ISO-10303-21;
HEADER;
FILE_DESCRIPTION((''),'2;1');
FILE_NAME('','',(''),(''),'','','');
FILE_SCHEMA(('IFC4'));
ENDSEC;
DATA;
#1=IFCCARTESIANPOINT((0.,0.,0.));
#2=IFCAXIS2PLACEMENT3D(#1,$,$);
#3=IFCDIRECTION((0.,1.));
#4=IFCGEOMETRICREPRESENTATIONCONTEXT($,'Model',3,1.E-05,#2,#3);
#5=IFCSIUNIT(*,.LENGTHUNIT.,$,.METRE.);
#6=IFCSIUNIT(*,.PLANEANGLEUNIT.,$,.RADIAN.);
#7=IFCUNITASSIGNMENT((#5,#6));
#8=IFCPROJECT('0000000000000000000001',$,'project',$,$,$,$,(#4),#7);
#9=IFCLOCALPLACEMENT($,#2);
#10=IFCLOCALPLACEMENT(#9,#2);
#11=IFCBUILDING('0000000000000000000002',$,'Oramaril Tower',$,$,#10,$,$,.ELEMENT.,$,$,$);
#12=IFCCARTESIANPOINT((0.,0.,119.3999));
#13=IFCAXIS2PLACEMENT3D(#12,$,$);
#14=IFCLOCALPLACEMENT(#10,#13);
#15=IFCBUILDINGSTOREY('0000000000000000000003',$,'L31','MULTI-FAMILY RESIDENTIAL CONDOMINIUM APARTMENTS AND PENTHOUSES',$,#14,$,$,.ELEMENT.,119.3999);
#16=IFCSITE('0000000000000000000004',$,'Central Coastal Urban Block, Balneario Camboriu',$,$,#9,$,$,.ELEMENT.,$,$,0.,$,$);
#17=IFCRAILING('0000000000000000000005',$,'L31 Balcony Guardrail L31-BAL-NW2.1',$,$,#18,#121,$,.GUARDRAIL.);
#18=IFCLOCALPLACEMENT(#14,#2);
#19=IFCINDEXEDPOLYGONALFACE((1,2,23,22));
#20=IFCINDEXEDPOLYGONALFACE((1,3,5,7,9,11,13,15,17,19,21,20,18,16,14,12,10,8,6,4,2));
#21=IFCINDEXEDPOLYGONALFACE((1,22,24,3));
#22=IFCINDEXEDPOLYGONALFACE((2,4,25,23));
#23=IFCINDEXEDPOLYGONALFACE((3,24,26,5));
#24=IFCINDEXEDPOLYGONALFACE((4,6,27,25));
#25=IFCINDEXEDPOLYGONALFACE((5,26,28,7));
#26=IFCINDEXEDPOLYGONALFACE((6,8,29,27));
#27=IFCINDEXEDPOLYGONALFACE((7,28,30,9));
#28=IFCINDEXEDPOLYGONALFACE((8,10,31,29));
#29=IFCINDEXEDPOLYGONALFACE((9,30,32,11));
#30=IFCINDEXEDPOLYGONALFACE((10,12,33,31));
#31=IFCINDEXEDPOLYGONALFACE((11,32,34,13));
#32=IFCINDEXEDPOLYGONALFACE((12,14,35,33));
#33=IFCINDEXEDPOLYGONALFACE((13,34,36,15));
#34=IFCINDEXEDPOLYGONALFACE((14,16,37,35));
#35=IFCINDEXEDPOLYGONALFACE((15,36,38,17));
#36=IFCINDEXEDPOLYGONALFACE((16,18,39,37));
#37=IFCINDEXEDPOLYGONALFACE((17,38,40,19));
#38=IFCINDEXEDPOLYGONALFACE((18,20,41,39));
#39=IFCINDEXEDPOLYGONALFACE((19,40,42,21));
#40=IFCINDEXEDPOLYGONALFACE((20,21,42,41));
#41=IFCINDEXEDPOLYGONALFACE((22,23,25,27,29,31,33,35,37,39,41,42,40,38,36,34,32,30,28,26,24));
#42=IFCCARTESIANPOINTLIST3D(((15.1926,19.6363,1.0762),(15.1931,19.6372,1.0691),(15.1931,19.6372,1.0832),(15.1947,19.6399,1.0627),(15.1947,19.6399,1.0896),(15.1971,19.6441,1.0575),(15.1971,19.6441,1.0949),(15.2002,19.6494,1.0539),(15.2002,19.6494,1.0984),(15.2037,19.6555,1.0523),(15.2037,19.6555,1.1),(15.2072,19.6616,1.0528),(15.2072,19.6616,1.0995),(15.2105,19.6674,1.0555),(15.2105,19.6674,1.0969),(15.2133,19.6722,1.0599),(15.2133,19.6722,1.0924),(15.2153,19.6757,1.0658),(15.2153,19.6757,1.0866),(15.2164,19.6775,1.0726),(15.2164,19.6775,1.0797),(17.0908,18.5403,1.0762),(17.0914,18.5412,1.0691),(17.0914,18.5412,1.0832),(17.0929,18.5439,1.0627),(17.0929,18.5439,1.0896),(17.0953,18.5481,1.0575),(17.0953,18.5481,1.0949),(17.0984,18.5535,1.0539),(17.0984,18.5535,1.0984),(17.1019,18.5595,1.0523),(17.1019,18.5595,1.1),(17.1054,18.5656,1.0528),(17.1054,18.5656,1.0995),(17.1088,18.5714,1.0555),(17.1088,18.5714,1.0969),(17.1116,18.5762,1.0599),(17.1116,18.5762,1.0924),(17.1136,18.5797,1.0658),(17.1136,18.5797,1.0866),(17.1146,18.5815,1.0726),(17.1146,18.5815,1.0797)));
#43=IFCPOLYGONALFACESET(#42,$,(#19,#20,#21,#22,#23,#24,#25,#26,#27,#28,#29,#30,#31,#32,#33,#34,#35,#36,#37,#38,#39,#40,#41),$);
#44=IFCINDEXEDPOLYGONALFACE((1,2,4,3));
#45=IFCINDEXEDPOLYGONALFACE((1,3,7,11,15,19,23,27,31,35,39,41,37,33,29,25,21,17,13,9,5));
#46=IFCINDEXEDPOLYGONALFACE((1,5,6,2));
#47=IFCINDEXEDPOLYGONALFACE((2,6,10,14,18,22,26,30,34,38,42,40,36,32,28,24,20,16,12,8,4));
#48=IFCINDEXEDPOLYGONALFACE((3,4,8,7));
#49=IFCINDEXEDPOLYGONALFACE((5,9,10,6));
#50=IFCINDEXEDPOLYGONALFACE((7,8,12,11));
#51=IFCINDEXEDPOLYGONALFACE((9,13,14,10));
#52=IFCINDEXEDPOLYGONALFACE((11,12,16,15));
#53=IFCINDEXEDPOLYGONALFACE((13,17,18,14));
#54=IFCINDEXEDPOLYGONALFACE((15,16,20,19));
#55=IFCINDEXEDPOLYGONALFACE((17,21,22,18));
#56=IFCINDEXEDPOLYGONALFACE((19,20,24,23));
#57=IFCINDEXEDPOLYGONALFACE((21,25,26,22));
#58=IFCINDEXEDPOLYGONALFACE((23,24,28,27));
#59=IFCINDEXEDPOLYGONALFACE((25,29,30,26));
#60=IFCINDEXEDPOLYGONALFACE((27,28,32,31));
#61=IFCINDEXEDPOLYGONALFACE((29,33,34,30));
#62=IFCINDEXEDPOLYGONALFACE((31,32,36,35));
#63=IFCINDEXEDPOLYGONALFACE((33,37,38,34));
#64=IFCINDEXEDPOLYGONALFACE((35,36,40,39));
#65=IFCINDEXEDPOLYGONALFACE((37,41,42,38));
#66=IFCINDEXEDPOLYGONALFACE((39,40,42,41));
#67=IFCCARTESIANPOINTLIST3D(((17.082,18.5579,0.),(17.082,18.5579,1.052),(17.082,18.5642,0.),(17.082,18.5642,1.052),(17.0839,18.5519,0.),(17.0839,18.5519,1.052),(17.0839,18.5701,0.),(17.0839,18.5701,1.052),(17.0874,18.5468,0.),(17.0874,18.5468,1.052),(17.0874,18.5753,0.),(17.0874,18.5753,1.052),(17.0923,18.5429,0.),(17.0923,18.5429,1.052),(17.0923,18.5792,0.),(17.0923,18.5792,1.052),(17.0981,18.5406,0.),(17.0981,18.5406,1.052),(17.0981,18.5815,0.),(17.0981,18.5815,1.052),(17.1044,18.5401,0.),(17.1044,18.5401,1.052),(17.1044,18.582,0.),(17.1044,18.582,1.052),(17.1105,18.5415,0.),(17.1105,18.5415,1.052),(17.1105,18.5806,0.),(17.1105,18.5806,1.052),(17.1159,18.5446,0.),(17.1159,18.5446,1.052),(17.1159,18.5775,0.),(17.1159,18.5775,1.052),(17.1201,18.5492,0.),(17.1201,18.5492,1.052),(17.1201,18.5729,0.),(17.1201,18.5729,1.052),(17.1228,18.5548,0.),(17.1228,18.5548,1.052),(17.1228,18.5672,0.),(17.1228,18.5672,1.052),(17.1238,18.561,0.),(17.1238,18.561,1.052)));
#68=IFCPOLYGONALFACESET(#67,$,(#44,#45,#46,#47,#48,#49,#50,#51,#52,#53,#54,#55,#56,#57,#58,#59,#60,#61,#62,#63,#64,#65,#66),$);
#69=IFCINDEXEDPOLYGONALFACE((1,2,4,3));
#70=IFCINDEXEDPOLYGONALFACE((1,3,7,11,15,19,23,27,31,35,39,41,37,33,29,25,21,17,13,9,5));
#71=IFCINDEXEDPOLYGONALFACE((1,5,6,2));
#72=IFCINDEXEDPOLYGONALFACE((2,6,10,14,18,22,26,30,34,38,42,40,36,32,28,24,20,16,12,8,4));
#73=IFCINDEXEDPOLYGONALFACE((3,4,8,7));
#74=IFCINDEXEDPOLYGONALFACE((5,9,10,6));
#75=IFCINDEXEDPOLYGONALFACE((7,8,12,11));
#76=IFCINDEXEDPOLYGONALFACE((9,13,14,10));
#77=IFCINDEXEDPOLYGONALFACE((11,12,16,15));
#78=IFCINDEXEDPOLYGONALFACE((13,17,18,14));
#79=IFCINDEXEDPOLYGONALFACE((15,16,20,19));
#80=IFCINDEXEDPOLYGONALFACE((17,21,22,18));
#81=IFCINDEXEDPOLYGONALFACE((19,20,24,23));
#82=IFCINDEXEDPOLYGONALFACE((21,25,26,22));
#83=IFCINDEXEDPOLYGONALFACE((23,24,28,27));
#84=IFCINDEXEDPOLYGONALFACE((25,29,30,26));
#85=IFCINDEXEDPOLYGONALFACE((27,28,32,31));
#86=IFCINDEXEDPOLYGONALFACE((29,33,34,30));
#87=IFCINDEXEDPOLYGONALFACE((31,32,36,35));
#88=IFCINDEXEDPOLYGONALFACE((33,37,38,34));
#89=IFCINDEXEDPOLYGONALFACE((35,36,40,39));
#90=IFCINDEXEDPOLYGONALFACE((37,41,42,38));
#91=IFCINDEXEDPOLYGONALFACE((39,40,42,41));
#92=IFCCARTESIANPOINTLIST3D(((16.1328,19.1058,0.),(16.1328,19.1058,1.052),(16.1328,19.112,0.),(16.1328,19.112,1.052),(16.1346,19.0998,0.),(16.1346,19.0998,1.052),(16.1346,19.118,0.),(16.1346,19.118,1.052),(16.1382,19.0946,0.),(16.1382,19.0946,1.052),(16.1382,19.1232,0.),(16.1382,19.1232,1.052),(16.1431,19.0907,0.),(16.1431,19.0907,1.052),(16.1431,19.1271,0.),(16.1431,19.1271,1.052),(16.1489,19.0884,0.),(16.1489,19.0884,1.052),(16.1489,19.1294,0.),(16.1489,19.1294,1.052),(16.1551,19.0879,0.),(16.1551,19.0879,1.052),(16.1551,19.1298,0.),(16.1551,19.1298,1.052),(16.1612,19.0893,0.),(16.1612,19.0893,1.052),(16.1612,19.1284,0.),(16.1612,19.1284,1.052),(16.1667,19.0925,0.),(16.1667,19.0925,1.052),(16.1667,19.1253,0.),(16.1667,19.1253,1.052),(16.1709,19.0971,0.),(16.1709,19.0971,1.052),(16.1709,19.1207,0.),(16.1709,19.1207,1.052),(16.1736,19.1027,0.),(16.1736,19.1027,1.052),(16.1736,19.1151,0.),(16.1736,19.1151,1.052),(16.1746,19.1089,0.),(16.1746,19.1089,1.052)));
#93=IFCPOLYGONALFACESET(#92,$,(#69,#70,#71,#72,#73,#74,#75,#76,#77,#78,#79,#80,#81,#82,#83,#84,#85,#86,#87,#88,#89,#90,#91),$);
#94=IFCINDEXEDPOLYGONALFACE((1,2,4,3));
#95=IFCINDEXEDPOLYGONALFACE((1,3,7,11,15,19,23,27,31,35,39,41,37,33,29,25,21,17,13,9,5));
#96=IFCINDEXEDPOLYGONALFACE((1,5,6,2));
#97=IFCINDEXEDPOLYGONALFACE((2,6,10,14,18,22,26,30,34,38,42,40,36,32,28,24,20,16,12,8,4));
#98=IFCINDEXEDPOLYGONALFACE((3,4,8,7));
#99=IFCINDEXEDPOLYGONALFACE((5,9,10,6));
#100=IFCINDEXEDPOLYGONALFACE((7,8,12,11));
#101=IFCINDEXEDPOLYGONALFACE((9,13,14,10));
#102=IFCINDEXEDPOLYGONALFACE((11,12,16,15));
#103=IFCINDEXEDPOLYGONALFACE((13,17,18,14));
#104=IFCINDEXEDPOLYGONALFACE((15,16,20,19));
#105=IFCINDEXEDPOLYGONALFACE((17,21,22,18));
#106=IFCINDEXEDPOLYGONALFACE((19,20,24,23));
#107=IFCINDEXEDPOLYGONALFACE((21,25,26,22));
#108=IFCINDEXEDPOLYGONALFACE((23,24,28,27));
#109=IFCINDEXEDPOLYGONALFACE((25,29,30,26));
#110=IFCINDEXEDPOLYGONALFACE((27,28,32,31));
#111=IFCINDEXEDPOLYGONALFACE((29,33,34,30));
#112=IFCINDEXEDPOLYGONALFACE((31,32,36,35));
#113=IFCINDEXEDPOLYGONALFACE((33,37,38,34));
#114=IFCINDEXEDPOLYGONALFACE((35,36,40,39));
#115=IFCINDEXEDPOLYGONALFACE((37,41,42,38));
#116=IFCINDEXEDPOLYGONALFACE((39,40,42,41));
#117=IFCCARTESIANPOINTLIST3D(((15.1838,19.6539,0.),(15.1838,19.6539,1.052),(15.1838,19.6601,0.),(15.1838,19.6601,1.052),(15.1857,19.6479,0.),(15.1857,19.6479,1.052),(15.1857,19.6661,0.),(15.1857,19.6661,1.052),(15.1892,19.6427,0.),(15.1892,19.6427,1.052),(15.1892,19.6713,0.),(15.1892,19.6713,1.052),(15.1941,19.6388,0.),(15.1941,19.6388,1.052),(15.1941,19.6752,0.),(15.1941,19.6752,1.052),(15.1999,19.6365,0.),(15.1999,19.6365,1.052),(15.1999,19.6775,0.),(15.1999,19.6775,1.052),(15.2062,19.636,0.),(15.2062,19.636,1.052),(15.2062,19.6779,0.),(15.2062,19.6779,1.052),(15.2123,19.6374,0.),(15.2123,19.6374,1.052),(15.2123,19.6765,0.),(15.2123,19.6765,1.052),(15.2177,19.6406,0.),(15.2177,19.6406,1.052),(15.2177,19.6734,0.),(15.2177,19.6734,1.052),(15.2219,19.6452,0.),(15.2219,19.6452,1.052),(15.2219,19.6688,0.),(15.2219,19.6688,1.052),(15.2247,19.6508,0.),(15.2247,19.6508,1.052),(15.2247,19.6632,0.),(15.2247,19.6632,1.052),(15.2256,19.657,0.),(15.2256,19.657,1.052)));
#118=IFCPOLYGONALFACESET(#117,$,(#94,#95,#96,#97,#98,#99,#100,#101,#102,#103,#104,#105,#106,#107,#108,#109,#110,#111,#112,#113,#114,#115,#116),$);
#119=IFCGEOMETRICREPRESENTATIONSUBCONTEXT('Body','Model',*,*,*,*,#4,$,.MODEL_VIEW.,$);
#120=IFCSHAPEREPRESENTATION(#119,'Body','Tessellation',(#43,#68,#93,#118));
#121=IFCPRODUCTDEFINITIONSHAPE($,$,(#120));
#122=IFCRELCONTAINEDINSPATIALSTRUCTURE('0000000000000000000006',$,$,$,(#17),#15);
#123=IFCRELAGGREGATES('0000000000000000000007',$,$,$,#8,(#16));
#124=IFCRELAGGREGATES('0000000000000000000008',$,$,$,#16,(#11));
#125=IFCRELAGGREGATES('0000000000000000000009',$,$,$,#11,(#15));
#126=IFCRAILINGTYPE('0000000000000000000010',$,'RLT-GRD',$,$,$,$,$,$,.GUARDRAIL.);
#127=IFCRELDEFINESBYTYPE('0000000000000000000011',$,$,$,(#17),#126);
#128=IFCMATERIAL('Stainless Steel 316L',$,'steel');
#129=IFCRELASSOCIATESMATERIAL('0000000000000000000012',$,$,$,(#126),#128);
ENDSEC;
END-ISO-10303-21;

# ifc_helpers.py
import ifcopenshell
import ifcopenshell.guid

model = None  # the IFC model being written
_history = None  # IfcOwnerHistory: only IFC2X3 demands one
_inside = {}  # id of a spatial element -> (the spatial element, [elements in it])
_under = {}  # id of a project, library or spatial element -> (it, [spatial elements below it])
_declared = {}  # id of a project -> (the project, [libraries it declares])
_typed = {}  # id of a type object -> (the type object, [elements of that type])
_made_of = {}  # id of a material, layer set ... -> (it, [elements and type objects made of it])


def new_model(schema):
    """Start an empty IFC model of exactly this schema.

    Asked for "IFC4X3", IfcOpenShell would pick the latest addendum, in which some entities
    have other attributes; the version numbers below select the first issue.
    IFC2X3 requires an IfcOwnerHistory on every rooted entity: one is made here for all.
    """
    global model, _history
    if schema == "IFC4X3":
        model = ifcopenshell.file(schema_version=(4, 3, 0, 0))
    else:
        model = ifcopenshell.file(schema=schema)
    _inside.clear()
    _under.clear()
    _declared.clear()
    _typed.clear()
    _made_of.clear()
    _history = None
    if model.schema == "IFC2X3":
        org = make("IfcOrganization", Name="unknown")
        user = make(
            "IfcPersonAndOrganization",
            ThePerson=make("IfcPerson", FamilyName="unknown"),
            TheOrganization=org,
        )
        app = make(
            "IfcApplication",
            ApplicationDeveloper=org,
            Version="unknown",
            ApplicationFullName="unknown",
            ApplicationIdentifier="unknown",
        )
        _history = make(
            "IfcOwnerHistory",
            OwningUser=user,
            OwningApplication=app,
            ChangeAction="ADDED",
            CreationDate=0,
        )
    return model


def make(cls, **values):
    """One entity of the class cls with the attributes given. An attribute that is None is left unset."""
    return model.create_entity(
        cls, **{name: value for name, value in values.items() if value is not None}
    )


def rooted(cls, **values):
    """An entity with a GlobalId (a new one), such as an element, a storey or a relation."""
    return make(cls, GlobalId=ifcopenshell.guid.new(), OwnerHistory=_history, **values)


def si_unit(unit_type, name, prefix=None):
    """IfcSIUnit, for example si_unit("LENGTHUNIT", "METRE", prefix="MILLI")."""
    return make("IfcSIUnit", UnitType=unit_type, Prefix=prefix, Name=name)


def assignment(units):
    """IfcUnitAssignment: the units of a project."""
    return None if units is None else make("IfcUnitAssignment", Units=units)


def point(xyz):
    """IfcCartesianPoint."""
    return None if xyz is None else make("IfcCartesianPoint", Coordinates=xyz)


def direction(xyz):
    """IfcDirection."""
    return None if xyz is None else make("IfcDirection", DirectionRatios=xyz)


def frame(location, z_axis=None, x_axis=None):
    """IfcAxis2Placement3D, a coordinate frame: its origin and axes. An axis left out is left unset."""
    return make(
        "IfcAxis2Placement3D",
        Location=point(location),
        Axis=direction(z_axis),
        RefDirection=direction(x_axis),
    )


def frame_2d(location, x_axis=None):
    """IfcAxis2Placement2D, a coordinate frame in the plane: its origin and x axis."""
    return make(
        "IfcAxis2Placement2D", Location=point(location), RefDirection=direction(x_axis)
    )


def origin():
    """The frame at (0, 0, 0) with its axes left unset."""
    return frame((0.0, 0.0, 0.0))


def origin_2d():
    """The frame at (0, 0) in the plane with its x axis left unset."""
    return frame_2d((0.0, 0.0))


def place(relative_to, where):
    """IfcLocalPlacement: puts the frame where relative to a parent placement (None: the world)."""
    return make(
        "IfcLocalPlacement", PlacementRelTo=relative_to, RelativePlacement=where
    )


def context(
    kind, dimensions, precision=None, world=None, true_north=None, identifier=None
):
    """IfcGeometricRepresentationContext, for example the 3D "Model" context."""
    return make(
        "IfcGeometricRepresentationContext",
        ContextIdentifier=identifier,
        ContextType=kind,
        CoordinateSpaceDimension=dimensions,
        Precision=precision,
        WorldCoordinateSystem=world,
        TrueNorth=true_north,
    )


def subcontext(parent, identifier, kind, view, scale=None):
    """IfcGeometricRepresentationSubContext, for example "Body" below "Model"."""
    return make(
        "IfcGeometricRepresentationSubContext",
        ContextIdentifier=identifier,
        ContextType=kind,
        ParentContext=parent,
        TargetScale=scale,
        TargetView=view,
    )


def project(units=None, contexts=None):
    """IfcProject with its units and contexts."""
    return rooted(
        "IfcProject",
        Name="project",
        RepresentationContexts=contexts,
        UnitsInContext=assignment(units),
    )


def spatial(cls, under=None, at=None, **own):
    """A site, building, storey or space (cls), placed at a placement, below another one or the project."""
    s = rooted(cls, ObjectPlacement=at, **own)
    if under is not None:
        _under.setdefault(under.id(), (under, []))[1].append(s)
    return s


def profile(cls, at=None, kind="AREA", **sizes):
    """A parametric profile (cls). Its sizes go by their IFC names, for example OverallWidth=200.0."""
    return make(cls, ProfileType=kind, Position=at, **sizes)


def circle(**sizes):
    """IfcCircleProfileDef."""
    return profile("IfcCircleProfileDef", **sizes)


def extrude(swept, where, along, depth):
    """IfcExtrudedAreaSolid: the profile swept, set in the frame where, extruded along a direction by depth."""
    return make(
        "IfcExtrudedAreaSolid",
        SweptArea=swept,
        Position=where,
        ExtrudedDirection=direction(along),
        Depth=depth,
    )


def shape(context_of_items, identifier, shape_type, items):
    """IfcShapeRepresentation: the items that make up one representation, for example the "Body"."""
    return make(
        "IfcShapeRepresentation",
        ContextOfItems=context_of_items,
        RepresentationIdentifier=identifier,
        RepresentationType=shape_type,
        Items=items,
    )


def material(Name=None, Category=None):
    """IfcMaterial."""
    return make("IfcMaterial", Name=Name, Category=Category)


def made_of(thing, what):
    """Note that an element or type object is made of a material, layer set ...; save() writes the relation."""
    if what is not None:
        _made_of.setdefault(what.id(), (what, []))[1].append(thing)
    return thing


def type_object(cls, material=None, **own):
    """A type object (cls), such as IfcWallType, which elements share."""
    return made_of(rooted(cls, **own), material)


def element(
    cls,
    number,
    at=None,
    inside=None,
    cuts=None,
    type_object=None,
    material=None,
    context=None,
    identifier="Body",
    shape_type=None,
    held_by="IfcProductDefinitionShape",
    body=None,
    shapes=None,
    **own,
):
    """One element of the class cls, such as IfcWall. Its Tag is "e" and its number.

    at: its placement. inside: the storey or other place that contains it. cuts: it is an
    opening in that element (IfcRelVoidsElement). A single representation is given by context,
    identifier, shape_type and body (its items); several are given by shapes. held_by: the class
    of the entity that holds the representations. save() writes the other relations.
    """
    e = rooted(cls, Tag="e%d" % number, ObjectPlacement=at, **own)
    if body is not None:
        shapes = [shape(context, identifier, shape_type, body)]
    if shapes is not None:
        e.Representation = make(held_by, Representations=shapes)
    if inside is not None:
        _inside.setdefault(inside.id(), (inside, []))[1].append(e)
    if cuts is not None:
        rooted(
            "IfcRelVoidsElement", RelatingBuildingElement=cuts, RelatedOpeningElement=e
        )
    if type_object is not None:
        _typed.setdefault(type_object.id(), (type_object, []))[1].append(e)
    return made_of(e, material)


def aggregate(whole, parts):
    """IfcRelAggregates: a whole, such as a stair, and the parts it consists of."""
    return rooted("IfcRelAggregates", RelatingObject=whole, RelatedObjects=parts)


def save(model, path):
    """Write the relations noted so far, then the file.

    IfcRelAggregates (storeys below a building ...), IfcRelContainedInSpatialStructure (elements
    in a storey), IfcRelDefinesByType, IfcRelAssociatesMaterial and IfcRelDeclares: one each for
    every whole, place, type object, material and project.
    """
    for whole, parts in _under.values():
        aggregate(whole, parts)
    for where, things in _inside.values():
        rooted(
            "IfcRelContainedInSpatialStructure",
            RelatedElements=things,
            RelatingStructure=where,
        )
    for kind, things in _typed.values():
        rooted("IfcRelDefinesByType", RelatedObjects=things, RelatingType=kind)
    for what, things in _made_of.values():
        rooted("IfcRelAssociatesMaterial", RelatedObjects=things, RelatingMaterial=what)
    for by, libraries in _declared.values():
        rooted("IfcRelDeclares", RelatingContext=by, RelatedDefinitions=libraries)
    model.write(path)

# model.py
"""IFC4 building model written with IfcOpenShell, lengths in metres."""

from ifc_helpers import new_model, si_unit, direction, frame, origin, origin_2d, place, context, subcontext, project, spatial, circle, extrude, material, type_object, element, save


model = new_model("IFC4")

# Units and contexts
model_context = context("Model", 3, precision=1e-05, world=origin(), true_north=direction((0.0, 1.0)))
body_context = subcontext(model_context, "Body", "Model", "MODEL_VIEW")
ifc_project = project(units=[si_unit("LENGTHUNIT", "METRE"), si_unit("PLANEANGLEUNIT", "RADIAN")], contexts=[model_context])

# Site, building, storey
site_placement = place(None, origin())
site = spatial("IfcSite", under=ifc_project, at=site_placement, Name="Central Coastal Urban Block, Balneario Camboriu", CompositionType="ELEMENT", RefElevation=0.0)
building_placement = place(site_placement, origin())
building = spatial("IfcBuilding", under=site, at=building_placement, Name="Oramaril Tower", CompositionType="ELEMENT")
storey_placement = place(building_placement, frame((0.0, 0.0, 119.3999)))
storey = spatial("IfcBuildingStorey", under=building, at=storey_placement, Name="L31", Description="MULTI-FAMILY RESIDENTIAL CONDOMINIUM APARTMENTS AND PENTHOUSES", CompositionType="ELEMENT", Elevation=119.3999)

# Railing
ifc_material_1 = material(Name="Stainless Steel 316L", Category="steel")
railing_type = type_object("IfcRailingType", Name="RLT-GRD", PredefinedType="GUARDRAIL", material=ifc_material_1)
railing_1_placement = place(storey_placement, frame((17.1028, 18.561, 0.0)))
element("IfcRailing", 1, at=railing_1_placement, inside=storey, type_object=railing_type, Name="L31 Balcony Guardrail L31-BAL-NW2.1", PredefinedType="GUARDRAIL", context=body_context, shape_type="SweptSolid", body=[
    extrude(circle(Radius=0.0239, at=origin_2d()), frame((0.0, 0.0, 1.0762), z_axis=(-0.866021, 0.500008, 0.0), x_axis=(-0.500008, -0.866021, 0.0)), (0.0, 0.0, 1.0), 2.1919),
    extrude(circle(Radius=0.021, at=origin_2d()), origin(), (0.0, 0.0, 1.0), 1.052),
    extrude(circle(Radius=0.021, at=origin_2d()), frame((-0.9492, 0.5479, 0.0)), (0.0, 0.0, 1.0), 1.052),
    extrude(circle(Radius=0.021, at=origin_2d()), frame((-1.8982, 1.0959, 0.0)), (0.0, 0.0, 1.0), 1.052),
])

save(model, "model.ifc")
